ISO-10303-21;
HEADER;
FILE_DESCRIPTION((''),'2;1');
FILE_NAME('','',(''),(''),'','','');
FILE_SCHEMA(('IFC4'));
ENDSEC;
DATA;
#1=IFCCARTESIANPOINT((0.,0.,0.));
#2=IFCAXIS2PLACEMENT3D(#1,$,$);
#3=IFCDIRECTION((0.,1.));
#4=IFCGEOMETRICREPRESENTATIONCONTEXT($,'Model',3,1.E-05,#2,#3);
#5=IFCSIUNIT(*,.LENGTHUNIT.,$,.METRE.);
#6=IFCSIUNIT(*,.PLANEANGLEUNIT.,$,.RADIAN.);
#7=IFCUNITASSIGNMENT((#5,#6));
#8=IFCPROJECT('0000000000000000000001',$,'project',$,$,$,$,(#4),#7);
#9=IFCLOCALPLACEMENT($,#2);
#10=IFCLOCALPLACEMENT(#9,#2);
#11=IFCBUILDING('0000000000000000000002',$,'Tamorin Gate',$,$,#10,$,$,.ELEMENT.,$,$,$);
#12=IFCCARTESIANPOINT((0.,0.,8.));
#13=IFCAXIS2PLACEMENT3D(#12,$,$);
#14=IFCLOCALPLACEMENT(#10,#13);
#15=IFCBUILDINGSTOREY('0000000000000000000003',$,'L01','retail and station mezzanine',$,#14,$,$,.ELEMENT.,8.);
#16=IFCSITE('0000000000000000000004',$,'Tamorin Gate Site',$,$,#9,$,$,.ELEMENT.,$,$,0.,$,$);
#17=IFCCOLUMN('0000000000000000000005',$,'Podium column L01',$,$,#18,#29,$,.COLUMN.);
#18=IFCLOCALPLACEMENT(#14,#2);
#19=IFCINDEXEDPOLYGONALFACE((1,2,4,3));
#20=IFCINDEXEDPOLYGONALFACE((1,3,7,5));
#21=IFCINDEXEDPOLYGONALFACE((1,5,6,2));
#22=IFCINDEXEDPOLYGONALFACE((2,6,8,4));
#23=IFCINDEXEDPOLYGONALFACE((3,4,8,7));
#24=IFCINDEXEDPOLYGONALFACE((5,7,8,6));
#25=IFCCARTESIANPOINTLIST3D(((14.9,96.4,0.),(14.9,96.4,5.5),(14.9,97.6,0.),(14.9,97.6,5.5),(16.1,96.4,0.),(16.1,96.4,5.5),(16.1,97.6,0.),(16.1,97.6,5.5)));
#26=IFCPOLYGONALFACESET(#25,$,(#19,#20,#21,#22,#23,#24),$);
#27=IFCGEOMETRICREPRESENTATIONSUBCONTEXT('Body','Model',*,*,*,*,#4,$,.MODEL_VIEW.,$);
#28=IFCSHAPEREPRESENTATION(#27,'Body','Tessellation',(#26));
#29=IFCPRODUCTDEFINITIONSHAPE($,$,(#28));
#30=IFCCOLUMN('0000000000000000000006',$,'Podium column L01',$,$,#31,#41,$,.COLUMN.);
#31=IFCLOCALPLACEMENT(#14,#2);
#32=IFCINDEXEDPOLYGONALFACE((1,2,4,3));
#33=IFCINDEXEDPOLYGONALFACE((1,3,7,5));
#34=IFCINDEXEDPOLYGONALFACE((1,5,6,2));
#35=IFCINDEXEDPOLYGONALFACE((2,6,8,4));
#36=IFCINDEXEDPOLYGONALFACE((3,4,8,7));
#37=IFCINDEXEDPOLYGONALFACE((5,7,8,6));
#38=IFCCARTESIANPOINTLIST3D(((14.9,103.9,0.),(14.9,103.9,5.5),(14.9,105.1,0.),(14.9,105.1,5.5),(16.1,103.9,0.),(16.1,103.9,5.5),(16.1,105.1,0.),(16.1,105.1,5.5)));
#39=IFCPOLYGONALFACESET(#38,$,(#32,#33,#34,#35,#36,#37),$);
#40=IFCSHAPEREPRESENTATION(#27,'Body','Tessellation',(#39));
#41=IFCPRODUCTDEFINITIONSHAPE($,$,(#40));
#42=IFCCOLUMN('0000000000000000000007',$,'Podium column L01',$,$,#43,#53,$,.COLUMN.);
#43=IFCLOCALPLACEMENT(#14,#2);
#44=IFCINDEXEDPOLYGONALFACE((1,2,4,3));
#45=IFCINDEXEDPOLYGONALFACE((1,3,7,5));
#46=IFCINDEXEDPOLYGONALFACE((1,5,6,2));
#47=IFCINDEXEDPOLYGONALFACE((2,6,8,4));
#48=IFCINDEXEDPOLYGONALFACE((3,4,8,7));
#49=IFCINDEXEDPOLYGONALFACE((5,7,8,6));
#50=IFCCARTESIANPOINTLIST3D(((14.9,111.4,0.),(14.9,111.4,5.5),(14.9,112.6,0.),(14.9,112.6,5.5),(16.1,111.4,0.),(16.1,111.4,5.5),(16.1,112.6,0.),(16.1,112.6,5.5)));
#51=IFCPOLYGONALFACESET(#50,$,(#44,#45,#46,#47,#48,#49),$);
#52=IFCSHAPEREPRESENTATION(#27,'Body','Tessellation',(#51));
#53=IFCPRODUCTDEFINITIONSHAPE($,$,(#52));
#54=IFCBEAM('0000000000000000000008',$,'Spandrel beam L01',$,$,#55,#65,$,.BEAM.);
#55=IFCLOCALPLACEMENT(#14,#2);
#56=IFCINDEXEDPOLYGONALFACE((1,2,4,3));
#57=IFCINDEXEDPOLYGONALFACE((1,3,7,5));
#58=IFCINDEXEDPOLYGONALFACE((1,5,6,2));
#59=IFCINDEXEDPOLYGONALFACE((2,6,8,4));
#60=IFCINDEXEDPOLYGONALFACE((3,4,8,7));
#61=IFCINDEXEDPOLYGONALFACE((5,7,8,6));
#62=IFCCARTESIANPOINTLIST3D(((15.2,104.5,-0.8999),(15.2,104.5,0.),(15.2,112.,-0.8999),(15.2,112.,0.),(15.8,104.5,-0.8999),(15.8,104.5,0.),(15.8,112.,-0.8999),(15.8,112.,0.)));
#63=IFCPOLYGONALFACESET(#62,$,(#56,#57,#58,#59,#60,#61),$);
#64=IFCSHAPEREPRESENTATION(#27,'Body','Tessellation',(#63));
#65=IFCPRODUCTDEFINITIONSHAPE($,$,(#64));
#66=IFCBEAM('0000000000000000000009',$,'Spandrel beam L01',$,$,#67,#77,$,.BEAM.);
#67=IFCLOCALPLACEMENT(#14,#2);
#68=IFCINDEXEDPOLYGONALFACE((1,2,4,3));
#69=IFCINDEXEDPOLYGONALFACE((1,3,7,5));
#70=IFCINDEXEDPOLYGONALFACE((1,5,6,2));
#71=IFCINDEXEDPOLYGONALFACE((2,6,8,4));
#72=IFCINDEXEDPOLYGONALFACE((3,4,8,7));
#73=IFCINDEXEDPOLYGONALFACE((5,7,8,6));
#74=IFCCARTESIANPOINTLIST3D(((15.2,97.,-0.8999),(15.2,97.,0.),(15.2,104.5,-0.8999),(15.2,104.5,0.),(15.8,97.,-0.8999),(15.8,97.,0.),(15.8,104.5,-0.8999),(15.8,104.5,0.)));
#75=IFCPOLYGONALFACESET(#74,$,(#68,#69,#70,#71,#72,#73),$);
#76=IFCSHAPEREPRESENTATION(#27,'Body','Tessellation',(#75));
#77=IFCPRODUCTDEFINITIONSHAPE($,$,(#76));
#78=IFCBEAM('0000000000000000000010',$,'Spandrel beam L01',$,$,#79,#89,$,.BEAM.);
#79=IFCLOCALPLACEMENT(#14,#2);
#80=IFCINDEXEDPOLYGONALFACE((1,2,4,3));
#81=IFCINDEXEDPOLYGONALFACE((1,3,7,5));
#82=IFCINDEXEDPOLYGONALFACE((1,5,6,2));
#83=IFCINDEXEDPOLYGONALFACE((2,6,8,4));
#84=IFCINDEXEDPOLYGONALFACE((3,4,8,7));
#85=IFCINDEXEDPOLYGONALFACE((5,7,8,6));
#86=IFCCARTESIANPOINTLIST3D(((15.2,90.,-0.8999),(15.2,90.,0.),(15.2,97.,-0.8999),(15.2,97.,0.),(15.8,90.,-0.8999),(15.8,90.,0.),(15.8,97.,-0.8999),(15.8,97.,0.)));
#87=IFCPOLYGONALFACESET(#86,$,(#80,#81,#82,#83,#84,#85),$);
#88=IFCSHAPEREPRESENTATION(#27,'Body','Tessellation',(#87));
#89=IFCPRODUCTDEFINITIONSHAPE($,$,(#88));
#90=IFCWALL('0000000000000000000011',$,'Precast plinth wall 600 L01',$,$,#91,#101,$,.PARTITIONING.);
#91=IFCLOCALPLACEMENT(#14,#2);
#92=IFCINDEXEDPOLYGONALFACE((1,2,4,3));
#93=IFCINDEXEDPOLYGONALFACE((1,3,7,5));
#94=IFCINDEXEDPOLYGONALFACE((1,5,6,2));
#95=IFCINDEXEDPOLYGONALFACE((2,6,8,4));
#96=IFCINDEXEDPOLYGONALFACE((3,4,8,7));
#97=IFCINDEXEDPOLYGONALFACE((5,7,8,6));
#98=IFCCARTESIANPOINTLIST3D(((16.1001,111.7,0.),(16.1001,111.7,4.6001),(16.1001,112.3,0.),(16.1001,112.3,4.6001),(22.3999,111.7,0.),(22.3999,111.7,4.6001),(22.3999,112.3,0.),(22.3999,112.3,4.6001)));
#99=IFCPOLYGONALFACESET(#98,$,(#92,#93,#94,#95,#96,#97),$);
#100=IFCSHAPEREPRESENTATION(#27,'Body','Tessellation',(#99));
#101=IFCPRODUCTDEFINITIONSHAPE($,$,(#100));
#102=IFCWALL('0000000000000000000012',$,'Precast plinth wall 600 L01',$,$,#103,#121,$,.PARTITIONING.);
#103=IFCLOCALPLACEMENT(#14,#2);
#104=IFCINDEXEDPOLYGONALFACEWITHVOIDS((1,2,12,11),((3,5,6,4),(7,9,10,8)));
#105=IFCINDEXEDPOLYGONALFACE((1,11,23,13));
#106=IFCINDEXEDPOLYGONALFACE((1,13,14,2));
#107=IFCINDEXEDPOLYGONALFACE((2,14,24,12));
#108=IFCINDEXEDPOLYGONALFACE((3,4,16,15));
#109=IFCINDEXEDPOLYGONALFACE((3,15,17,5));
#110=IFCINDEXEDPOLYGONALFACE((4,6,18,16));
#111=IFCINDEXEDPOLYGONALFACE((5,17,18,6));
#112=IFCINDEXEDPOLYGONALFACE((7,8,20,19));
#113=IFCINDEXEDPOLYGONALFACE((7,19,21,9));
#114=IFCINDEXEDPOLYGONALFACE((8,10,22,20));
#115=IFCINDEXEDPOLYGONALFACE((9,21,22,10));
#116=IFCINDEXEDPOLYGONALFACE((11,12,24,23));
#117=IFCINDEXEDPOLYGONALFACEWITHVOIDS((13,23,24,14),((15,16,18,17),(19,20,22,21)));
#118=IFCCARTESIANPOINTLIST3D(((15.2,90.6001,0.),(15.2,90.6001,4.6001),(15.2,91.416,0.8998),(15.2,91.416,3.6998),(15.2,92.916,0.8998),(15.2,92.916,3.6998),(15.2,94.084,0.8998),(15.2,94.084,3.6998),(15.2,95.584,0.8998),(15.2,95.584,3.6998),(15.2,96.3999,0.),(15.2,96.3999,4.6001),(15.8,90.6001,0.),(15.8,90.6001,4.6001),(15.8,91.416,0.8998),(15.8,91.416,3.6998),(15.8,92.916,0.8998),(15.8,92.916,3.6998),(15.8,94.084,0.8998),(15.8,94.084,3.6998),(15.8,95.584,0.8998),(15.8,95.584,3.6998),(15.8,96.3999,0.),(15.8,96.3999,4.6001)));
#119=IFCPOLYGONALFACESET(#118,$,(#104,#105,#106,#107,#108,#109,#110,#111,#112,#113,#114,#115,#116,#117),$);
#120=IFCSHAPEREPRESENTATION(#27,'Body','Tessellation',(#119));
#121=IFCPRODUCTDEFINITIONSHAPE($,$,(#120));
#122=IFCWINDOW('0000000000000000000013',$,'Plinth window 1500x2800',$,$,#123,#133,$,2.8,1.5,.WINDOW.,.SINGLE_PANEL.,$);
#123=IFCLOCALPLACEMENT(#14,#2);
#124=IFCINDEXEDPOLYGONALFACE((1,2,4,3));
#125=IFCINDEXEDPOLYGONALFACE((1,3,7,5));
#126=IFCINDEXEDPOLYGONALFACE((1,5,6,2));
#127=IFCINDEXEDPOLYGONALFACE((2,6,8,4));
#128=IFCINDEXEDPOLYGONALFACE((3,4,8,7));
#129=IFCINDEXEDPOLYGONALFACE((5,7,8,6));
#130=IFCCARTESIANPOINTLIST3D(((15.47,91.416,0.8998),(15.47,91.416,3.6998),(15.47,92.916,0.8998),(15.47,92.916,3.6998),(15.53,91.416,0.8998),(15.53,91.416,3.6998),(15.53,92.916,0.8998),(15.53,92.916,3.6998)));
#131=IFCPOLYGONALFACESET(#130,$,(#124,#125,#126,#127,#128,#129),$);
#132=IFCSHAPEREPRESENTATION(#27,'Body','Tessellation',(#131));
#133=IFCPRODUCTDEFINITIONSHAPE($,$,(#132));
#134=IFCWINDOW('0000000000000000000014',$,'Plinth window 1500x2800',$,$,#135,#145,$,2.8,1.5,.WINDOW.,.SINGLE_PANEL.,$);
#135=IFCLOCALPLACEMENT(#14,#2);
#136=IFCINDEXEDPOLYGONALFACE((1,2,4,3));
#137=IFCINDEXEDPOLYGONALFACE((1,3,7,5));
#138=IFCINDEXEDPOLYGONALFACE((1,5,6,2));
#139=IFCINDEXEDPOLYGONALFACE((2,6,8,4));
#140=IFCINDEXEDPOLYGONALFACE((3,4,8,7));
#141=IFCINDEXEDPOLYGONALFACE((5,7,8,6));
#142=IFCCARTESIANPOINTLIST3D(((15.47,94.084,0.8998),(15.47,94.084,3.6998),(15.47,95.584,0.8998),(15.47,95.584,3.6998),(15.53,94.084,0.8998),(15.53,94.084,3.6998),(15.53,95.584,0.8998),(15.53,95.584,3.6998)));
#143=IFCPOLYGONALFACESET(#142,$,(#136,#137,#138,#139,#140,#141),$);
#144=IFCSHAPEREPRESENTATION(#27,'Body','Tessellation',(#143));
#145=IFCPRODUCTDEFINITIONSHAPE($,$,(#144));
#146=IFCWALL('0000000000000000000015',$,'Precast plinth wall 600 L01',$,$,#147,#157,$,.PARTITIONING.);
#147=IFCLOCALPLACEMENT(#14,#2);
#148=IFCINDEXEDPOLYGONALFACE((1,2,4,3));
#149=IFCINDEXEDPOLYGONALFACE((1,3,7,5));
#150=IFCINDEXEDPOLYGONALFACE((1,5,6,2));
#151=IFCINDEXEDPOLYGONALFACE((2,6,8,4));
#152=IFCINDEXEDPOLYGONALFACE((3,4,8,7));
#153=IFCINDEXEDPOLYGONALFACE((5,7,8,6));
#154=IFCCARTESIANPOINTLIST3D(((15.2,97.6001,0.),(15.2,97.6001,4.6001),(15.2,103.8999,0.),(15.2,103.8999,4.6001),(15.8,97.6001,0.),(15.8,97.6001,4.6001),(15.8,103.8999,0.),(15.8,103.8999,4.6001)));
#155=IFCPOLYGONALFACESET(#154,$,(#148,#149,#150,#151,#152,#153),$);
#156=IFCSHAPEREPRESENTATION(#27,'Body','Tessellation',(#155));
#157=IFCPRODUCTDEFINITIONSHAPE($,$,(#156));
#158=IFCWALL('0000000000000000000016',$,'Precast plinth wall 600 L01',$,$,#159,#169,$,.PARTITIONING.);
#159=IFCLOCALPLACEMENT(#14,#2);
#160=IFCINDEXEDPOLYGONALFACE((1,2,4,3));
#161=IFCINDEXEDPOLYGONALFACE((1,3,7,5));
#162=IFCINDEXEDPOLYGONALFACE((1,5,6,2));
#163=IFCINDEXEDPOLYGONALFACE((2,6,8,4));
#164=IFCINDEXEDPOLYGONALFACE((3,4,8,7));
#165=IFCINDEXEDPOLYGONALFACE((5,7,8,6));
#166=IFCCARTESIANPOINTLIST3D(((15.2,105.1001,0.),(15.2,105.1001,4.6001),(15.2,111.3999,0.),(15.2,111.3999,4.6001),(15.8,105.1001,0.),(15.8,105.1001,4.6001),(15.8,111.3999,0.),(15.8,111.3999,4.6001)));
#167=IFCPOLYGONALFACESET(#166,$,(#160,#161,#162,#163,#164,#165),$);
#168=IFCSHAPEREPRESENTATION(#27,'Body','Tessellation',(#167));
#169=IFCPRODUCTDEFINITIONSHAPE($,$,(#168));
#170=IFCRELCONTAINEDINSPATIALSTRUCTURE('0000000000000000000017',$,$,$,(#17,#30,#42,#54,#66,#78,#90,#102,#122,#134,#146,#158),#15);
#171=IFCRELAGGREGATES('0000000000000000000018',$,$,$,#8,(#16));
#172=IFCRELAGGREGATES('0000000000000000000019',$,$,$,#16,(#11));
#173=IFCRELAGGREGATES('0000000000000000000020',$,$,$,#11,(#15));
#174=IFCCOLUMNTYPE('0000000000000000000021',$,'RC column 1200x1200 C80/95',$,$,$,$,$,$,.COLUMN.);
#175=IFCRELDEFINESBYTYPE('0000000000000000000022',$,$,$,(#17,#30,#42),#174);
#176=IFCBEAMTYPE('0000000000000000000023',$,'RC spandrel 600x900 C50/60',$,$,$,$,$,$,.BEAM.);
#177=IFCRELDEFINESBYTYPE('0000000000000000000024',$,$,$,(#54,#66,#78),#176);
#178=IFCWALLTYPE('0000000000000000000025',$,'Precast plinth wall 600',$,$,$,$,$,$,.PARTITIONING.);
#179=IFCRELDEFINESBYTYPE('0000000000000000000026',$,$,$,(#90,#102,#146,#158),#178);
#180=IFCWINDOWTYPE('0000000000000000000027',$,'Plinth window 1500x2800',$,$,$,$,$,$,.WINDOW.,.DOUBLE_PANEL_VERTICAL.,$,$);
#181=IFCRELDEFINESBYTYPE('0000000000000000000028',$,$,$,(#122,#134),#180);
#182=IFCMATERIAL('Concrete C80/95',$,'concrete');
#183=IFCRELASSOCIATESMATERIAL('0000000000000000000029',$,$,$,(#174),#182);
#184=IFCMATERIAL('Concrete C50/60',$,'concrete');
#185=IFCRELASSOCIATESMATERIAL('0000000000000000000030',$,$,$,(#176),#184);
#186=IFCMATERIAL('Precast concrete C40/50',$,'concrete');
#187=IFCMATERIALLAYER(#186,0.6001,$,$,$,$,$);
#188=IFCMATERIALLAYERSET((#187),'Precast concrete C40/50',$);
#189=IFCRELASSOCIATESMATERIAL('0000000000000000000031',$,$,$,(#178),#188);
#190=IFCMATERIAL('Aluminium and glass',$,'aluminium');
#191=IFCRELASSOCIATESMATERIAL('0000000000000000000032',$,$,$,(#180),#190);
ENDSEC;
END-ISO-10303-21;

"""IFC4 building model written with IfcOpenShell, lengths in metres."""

from ifc_helpers import new_model, si_unit, direction, frame, frame_2d, origin, origin_2d, place, context, subcontext, project, spatial, rectangle, extrude, material, layer, layer_set, material_profile, profile_set, type_object, element, fill, save


model = new_model("IFC4")

# Units and contexts
model_context = context("Model", 3, precision=1e-05, world=origin(), true_north=direction((0.0, 1.0)))
body_context = subcontext(model_context, "Body", "Model", "MODEL_VIEW")
ifc_project = project(units=[si_unit("LENGTHUNIT", "METRE"), si_unit("PLANEANGLEUNIT", "RADIAN")], contexts=[model_context])

# Site, building, storey
site_placement = place(None, origin())
site = spatial("IfcSite", under=ifc_project, at=site_placement, Name="Tamorin Gate Site", CompositionType="ELEMENT", RefElevation=0.0)
building_placement = place(site_placement, origin())
building = spatial("IfcBuilding", under=site, at=building_placement, Name="Tamorin Gate", CompositionType="ELEMENT")
storey_placement = place(building_placement, frame((0.0, 0.0, 8.0)))
storey = spatial("IfcBuildingStorey", under=building, at=storey_placement, Name="L01", Description="retail and station mezzanine", CompositionType="ELEMENT", Elevation=8.0)

# Columns
ifc_material_1 = material(Name="Concrete C80/95", Category="concrete")
ifc_material_profile_1 = material_profile(ifc_material_1, rectangle(XDim=1.2, YDim=1.2, at=origin_2d()), Name="RC 1200x1200")
ifc_profile_set_1 = profile_set([ifc_material_profile_1], Name="Concrete C80/95")
column_type = type_object("IfcColumnType", Name="RC column 1200x1200 C80/95", PredefinedType="COLUMN", material=ifc_profile_set_1)
for number, where, z_axis, x_axis, name in (
    (1, (15.5, 97.0, 0.0), (0.0, 0.0, 1.0), (1.0, 0.0, 0.0), "Podium column L01"),
    (2, (15.5, 104.5, 0.0), (0.0, 0.0, 1.0), (1.0, 0.0, 0.0), "Podium column L01"),
    (3, (15.5, 112.0, 0.0), (0.0, 0.0, 1.0), (1.0, 0.0, 0.0), "Podium column L01"),
):
    element("IfcColumn", number, at=place(storey_placement, frame(where, z_axis=z_axis, x_axis=x_axis)), inside=storey, type_object=column_type, Name=name, PredefinedType="COLUMN", context=body_context, shape_type="SweptSolid", body=[
        extrude(rectangle(XDim=1.2, YDim=1.2, at=origin_2d()), origin(), (0.0, 0.0, 1.0), 5.5),
    ])

# Beams
ifc_material_2 = material(Name="Concrete C50/60", Category="concrete")
ifc_material_profile_2 = material_profile(ifc_material_2, rectangle(XDim=0.6001, YDim=0.8999, at=origin_2d()), Name="RC 600x900")
ifc_profile_set_2 = profile_set([ifc_material_profile_2], Name="Concrete C50/60")
beam_type = type_object("IfcBeamType", Name="RC spandrel 600x900 C50/60", PredefinedType="BEAM", material=ifc_profile_set_2)
for number, where, z_axis, x_axis, name in (
    (4, (15.5, 112.0, -0.45), (0.0, -1.0, 0.0), (1.0, 0.0, 0.0), "Spandrel beam L01"),
    (5, (15.5, 104.5, -0.45), (0.0, -1.0, 0.0), (1.0, 0.0, 0.0), "Spandrel beam L01"),
):
    element("IfcBeam", number, at=place(storey_placement, frame(where, z_axis=z_axis, x_axis=x_axis)), inside=storey, type_object=beam_type, Name=name, PredefinedType="BEAM", context=body_context, shape_type="SweptSolid", body=[
        extrude(rectangle(XDim=0.6001, YDim=0.8999, at=origin_2d()), origin(), (0.0, 0.0, 1.0), 7.5),
    ])
beam_placement = place(storey_placement, frame((15.5, 97.0, -0.45), z_axis=(0.0, -1.0, 0.0), x_axis=(1.0, 0.0, 0.0)))
element("IfcBeam", 6, at=beam_placement, inside=storey, type_object=beam_type, Name="Spandrel beam L01", PredefinedType="BEAM", context=body_context, shape_type="SweptSolid", body=[
    extrude(rectangle(XDim=0.6001, YDim=0.8999, at=origin_2d()), origin(), (0.0, 0.0, 1.0), 7.0),
])

# Wall
ifc_material_3 = material(Name="Precast concrete C40/50", Category="concrete")
ifc_layer_1 = layer(ifc_material_3, 0.6001)
ifc_layer_set_1 = layer_set([ifc_layer_1], Name="Precast concrete C40/50")
wall_type_1 = type_object("IfcWallType", Name="Precast plinth wall 600", PredefinedType="PARTITIONING", material=ifc_layer_set_1)
wall_1_placement = place(storey_placement, frame((16.1001, 112.0, 0.0), z_axis=(0.0, 0.0, 1.0), x_axis=(1.0, 0.0, 0.0)))
element("IfcWall", 7, at=wall_1_placement, inside=storey, type_object=wall_type_1, Name="Precast plinth wall 600 L01", PredefinedType="PARTITIONING", context=body_context, shape_type="SweptSolid", body=[
    extrude(rectangle(XDim=6.2998, YDim=0.6001, at=frame_2d((3.1499, 0.0))), origin(), (0.0, 0.0, 1.0), 4.6001),
])

# Wall, openings, windows
wall_2_placement = place(storey_placement, frame((15.5, 90.6001, 0.0), z_axis=(0.0, 0.0, 1.0), x_axis=(0.0, 1.0, 0.0)))
wall_2 = element("IfcWall", 8, at=wall_2_placement, inside=storey, type_object=wall_type_1, Name="Precast plinth wall 600 L01", PredefinedType="PARTITIONING", context=body_context, shape_type="SweptSolid", body=[
    extrude(rectangle(XDim=5.7998, YDim=0.6001, at=frame_2d((2.8999, 0.0))), origin(), (0.0, 0.0, 1.0), 4.6001),
])
opening_1_placement = place(wall_2_placement, frame((0.8159, 0.0, 0.8999)))
opening_1 = element("IfcOpeningElement", 9, at=opening_1_placement, cuts=wall_2, PredefinedType="OPENING", context=body_context, shape_type="SweptSolid", body=[
    extrude(rectangle(XDim=1.5, YDim=2.8, at=frame_2d((0.75, 1.3999))), frame((0.0, 0.3101, 0.0), z_axis=(0.0, -1.0, 0.0), x_axis=(1.0, 0.0, 0.0)), (0.0, 0.0, 1.0), 0.6201),
])
opening_2_placement = place(wall_2_placement, frame((3.4839, 0.0, 0.8999)))
opening_2 = element("IfcOpeningElement", 10, at=opening_2_placement, cuts=wall_2, PredefinedType="OPENING", context=body_context, shape_type="SweptSolid", body=[
    extrude(rectangle(XDim=1.5, YDim=2.8, at=frame_2d((0.75, 1.3999))), frame((0.0, 0.3101, 0.0), z_axis=(0.0, -1.0, 0.0), x_axis=(1.0, 0.0, 0.0)), (0.0, 0.0, 1.0), 0.6201),
])
ifc_material_4 = material(Name="Aluminium and glass", Category="aluminium")
window_type = type_object("IfcWindowType", Name="Plinth window 1500x2800", PartitioningType="DOUBLE_PANEL_VERTICAL", PredefinedType="WINDOW", material=ifc_material_4)
window_1_placement = place(opening_1_placement, origin())
window_1 = element("IfcWindow", 11, at=window_1_placement, inside=storey, type_object=window_type, Name="Plinth window 1500x2800", OverallHeight=2.8, OverallWidth=1.5, PartitioningType="SINGLE_PANEL", PredefinedType="WINDOW", context=body_context, shape_type="SweptSolid", body=[
    extrude(rectangle(XDim=1.5, YDim=2.8, at=frame_2d((0.75, 1.3999))), frame((0.0, 0.03, 0.0), z_axis=(0.0, -1.0, 0.0), x_axis=(1.0, 0.0, 0.0)), (0.0, 0.0, 1.0), 0.0601),
])
fill(opening_1, window_1)
window_2_placement = place(opening_2_placement, origin())
window_2 = element("IfcWindow", 12, at=window_2_placement, inside=storey, type_object=window_type, Name="Plinth window 1500x2800", OverallHeight=2.8, OverallWidth=1.5, PartitioningType="SINGLE_PANEL", PredefinedType="WINDOW", context=body_context, shape_type="SweptSolid", body=[
    extrude(rectangle(XDim=1.5, YDim=2.8, at=frame_2d((0.75, 1.3999))), frame((0.0, 0.03, 0.0), z_axis=(0.0, -1.0, 0.0), x_axis=(1.0, 0.0, 0.0)), (0.0, 0.0, 1.0), 0.0601),
])
fill(opening_2, window_2)

# Walls
for number, where, z_axis, x_axis, name in (
    (13, (15.5, 97.6001, 0.0), (0.0, 0.0, 1.0), (0.0, 1.0, 0.0), "Precast plinth wall 600 L01"),
    (14, (15.5, 105.1001, 0.0), (0.0, 0.0, 1.0), (0.0, 1.0, 0.0), "Precast plinth wall 600 L01"),
):
    element("IfcWall", number, at=place(storey_placement, frame(where, z_axis=z_axis, x_axis=x_axis)), inside=storey, type_object=wall_type_1, Name=name, PredefinedType="PARTITIONING", context=body_context, shape_type="SweptSolid", body=[
        extrude(rectangle(XDim=6.2998, YDim=0.6001, at=frame_2d((3.1499, 0.0))), origin(), (0.0, 0.0, 1.0), 4.6001),
    ])

save(model, "model.ifc")
